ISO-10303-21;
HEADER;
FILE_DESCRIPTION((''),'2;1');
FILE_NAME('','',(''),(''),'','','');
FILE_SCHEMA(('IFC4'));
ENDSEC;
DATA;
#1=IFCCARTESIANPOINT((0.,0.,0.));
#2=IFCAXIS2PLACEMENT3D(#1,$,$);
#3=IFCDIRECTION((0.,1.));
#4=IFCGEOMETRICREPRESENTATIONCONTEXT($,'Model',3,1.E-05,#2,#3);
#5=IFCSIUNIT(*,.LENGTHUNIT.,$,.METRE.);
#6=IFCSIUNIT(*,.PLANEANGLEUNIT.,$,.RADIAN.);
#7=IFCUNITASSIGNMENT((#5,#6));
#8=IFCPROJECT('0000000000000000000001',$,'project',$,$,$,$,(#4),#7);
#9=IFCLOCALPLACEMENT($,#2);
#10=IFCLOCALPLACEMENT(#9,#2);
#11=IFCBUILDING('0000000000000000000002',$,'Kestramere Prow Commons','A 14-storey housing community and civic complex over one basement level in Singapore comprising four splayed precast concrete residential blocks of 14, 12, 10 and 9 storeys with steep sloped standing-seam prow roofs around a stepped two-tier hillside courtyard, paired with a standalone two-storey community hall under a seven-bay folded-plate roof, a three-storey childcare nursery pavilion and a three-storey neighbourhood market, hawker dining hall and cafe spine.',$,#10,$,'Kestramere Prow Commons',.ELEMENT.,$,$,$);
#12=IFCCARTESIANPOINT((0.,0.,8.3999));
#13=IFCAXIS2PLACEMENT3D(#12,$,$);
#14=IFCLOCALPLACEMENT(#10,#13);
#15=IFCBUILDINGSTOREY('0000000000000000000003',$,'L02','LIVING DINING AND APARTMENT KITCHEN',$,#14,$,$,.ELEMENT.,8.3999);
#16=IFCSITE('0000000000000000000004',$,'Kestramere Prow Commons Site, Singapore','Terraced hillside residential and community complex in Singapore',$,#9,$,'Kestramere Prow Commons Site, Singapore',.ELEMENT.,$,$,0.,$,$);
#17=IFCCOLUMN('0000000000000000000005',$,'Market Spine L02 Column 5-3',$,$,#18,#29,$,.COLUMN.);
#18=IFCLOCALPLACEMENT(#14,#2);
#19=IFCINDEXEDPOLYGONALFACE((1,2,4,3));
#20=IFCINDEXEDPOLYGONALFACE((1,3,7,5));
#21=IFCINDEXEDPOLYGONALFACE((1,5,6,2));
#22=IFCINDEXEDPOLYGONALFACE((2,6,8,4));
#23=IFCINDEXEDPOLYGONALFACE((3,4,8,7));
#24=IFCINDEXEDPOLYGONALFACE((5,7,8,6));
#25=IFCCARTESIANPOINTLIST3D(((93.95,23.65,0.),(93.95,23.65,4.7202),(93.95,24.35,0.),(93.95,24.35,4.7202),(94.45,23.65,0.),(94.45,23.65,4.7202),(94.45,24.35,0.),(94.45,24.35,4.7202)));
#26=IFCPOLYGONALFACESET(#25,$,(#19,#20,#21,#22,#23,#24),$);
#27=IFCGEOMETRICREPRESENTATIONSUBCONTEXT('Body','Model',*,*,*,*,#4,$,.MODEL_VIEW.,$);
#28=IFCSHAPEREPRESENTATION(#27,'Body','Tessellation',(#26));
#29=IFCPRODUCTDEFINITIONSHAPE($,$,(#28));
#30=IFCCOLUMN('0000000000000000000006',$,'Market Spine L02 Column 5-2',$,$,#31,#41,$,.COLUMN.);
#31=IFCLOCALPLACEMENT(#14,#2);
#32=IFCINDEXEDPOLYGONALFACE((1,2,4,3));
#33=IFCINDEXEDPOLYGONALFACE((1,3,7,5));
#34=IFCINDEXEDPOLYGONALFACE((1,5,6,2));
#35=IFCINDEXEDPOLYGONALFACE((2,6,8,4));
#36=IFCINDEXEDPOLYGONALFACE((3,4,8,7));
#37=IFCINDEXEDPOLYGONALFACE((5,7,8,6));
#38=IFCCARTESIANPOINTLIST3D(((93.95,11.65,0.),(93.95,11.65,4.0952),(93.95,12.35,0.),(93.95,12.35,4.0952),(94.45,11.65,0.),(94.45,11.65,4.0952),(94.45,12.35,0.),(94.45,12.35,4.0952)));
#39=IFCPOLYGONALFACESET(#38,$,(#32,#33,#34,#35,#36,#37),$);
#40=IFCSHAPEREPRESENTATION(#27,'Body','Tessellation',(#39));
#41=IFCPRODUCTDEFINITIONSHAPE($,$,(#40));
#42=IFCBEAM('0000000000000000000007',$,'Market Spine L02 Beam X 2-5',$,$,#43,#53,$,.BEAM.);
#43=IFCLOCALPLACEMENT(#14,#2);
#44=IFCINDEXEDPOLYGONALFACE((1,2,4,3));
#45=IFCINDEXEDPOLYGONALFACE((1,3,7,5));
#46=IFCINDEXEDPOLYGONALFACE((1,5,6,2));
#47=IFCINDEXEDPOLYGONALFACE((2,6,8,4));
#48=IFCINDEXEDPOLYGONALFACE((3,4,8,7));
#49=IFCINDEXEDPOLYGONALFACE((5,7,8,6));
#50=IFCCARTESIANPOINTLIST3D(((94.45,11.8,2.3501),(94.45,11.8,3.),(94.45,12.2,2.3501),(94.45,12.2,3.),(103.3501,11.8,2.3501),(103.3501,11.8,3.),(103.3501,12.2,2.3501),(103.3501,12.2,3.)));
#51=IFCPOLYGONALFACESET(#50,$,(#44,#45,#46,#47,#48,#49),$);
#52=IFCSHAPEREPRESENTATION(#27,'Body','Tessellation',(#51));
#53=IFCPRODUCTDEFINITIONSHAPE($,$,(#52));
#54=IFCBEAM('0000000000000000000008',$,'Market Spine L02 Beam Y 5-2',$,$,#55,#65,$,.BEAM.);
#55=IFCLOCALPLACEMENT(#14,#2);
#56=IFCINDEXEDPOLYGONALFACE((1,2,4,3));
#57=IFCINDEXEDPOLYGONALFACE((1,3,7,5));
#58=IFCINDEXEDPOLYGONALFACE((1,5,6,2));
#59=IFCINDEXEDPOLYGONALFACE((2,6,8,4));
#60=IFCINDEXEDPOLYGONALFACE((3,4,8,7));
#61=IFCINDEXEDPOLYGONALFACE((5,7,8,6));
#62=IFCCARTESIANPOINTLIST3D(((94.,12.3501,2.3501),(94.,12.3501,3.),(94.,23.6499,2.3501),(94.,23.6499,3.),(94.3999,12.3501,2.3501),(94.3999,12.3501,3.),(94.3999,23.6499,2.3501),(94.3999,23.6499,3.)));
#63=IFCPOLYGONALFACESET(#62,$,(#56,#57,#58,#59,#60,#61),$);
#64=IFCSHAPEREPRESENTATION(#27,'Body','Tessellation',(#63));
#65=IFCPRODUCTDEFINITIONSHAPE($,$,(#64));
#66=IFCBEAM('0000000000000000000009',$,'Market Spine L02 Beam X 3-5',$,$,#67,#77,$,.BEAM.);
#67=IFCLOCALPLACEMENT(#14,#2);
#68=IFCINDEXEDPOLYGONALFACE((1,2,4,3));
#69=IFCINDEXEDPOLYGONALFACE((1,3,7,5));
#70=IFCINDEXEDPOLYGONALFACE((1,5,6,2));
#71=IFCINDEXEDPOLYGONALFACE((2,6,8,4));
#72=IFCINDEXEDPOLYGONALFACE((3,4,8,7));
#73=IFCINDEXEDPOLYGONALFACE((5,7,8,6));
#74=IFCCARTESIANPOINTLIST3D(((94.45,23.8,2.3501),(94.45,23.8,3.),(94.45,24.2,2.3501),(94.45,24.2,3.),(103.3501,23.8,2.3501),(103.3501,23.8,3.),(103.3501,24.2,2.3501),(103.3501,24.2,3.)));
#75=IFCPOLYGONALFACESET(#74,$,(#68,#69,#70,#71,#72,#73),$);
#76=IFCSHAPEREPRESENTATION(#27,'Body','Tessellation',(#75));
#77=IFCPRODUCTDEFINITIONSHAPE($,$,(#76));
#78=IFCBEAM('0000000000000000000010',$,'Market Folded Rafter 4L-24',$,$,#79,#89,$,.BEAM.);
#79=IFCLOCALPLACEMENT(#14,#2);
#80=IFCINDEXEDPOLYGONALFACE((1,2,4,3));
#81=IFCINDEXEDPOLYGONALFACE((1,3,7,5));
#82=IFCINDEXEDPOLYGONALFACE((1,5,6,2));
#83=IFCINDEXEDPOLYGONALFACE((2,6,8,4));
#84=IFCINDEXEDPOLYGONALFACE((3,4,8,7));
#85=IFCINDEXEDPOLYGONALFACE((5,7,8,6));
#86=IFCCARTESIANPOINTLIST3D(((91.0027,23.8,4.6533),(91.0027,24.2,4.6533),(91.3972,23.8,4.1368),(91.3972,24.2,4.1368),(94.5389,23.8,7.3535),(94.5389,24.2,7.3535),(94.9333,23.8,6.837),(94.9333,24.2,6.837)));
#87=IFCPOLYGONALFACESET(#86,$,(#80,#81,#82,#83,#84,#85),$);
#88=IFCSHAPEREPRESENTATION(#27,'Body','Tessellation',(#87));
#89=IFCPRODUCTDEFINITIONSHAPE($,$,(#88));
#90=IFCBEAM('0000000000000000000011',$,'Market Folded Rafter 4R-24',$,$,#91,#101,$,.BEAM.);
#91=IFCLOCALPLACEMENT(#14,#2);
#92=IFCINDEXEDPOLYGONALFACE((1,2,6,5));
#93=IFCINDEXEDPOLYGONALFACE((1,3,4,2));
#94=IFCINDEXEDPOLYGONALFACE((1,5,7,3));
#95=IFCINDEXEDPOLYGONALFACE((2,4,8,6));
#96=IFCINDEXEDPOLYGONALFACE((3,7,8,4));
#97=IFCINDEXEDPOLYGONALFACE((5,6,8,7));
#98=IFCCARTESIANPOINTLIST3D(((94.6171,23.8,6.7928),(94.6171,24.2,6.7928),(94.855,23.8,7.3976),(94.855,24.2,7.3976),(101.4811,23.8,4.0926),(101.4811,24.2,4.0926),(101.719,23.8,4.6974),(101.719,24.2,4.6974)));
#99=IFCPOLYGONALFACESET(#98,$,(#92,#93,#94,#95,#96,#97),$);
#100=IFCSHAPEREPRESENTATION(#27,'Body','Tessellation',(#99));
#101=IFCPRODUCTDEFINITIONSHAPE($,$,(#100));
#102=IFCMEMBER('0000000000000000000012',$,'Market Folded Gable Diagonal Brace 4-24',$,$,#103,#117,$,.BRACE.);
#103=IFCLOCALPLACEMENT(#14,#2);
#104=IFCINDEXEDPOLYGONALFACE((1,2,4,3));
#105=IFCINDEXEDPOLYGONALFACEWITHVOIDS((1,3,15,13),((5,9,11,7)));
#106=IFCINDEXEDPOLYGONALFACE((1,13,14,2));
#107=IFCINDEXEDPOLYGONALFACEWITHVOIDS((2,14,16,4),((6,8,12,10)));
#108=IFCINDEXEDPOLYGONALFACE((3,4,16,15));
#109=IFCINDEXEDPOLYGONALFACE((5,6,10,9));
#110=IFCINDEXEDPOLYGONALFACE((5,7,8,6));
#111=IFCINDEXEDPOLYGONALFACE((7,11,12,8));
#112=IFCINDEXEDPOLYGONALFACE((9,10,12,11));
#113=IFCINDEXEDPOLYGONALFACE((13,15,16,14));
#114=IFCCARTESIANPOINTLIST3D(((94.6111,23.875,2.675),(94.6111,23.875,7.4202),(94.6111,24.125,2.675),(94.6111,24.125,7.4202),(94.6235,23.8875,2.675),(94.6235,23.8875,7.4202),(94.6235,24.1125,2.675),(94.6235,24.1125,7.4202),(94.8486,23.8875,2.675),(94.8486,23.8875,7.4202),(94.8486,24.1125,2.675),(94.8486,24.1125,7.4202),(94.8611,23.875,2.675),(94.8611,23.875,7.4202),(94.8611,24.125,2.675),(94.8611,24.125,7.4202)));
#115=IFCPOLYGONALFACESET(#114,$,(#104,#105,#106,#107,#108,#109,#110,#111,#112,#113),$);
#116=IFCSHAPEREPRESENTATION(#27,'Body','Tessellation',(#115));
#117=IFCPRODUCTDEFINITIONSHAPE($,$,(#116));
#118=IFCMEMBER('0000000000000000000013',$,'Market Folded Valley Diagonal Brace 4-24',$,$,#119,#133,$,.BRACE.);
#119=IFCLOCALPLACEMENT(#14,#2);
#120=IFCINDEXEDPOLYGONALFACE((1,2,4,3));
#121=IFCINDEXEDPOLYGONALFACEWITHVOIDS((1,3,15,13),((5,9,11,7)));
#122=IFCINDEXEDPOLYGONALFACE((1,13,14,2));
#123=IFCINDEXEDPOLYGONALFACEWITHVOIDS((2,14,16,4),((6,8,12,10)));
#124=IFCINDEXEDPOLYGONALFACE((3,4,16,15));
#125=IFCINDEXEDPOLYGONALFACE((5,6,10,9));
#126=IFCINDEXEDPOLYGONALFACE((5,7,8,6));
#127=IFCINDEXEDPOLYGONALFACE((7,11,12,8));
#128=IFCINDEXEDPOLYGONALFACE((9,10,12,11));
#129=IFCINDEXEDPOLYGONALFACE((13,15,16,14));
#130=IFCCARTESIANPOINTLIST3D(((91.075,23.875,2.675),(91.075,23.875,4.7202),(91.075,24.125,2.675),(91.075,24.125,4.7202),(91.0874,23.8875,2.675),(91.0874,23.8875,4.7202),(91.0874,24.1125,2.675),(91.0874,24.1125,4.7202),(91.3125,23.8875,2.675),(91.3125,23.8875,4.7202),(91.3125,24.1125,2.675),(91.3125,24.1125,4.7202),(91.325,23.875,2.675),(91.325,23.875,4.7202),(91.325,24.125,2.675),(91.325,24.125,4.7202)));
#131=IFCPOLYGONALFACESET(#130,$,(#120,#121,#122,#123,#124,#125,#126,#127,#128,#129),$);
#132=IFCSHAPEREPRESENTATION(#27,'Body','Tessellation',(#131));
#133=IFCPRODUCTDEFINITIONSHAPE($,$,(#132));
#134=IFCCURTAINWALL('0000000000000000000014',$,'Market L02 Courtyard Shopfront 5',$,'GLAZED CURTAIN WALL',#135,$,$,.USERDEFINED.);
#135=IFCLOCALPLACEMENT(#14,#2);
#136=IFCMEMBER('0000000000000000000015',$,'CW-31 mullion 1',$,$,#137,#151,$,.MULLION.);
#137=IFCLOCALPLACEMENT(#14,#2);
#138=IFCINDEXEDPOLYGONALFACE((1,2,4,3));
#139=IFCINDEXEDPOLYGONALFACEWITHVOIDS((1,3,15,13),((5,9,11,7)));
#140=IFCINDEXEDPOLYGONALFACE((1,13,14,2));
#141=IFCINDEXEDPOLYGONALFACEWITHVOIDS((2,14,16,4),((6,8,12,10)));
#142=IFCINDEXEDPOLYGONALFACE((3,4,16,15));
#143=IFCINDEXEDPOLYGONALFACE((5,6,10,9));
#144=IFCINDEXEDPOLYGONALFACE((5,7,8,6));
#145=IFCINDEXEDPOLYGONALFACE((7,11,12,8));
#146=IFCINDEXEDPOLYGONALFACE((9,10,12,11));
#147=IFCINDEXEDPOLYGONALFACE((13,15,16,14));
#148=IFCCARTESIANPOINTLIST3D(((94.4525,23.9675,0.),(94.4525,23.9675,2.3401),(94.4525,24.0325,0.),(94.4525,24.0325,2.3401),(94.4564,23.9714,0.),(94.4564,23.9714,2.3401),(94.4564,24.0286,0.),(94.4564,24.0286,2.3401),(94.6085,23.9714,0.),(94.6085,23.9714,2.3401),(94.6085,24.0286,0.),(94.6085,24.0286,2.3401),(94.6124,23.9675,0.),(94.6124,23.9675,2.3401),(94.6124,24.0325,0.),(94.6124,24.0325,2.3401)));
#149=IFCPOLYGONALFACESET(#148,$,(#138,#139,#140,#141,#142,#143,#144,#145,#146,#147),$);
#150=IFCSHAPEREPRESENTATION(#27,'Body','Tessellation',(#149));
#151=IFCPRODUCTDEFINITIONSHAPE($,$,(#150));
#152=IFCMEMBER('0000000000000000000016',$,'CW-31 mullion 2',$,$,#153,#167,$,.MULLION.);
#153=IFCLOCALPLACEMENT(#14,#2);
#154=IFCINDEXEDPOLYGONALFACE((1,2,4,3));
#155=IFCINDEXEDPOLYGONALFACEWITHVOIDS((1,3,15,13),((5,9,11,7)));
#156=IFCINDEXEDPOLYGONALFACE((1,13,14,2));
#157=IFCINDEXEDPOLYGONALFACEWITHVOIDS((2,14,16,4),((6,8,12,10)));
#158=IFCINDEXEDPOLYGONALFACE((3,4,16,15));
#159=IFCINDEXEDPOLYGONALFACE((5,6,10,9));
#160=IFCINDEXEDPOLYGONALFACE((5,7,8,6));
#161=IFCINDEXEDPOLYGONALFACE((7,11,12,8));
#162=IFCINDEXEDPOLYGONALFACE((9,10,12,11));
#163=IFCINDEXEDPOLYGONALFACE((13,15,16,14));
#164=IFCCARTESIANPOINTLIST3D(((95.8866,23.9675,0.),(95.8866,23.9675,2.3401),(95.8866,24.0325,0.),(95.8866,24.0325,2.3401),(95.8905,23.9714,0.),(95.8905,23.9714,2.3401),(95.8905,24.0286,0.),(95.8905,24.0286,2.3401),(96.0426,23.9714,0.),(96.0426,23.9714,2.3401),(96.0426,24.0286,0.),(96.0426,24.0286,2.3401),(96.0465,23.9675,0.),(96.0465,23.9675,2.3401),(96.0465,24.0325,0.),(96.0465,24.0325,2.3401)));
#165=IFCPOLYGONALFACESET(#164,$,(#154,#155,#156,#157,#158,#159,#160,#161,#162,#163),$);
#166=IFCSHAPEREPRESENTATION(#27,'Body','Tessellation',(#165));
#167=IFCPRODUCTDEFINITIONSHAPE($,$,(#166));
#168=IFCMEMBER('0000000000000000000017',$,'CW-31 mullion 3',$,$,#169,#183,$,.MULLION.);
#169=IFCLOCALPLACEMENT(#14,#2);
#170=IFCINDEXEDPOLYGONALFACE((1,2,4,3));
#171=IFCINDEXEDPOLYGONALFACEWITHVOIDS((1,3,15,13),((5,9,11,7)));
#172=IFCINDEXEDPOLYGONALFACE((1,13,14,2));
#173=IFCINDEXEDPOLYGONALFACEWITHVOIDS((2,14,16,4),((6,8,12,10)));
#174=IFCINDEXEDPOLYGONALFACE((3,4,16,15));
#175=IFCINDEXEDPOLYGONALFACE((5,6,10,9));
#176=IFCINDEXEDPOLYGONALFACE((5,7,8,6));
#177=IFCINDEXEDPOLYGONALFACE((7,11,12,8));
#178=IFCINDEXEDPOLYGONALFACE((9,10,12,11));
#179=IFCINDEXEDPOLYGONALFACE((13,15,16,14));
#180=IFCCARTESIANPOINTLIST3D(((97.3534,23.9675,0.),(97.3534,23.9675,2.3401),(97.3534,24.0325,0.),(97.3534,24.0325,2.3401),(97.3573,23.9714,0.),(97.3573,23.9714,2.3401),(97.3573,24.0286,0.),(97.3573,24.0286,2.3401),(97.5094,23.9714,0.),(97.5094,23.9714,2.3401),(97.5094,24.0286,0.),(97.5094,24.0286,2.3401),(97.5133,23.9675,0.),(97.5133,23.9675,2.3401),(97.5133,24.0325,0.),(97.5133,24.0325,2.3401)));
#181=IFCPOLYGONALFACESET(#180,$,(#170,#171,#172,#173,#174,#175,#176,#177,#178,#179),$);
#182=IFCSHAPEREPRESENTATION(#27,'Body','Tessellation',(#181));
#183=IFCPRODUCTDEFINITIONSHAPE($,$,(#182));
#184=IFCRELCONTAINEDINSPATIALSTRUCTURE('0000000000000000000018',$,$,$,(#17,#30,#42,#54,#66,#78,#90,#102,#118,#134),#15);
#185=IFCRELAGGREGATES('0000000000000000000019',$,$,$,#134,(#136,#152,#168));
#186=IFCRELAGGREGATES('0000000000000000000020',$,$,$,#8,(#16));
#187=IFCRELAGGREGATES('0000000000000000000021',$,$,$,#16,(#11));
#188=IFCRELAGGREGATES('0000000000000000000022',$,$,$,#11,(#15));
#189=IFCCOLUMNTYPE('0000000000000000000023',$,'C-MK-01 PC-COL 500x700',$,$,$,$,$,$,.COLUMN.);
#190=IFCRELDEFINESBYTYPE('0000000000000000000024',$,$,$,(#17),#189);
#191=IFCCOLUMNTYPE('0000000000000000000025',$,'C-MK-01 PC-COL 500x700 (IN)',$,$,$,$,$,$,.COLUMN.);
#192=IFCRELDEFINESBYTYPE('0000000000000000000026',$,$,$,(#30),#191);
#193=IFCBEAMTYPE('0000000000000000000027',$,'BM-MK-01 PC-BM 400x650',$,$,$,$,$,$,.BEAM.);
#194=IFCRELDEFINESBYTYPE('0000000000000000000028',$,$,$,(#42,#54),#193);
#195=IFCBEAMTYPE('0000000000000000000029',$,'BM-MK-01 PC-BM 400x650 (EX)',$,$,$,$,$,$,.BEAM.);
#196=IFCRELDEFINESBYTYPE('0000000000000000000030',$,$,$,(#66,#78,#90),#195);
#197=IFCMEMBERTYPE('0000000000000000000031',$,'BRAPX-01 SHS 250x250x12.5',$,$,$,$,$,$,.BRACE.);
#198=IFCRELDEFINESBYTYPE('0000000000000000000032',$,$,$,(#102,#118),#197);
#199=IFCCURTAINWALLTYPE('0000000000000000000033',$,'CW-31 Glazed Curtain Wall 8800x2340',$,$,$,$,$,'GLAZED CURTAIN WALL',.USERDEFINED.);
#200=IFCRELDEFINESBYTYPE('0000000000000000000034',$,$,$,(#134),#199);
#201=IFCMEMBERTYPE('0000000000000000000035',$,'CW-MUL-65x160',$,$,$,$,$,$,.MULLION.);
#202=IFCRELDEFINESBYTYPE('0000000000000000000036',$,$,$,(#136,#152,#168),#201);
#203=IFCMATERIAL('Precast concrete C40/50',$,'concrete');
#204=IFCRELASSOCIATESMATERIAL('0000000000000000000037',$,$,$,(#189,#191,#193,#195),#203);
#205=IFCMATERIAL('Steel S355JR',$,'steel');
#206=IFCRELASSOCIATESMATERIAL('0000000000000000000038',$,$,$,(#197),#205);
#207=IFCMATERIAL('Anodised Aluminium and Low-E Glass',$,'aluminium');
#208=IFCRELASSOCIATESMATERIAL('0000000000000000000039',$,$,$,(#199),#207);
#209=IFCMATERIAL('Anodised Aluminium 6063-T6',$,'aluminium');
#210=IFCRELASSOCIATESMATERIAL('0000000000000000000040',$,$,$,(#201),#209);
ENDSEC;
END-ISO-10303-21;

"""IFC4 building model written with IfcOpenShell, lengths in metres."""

from ifc_helpers import new_model, si_unit, direction, frame, origin, origin_2d, place, context, subcontext, project, spatial, rectangle, hollow_rectangle, extrude, material, material_profile, profile_set, type_object, element, aggregate, save


model = new_model("IFC4")

# Units and contexts
model_context = context("Model", 3, precision=1e-05, world=origin(), true_north=direction((0.0, 1.0)))
body_context = subcontext(model_context, "Body", "Model", "MODEL_VIEW")
ifc_project = project(units=[si_unit("LENGTHUNIT", "METRE"), si_unit("PLANEANGLEUNIT", "RADIAN")], contexts=[model_context])

# Site, building, storey
site_placement = place(None, origin())
site = spatial("IfcSite", under=ifc_project, at=site_placement, Name="Kestramere Prow Commons Site, Singapore", Description="Terraced hillside residential and community complex in Singapore", LongName="Kestramere Prow Commons Site, Singapore", CompositionType="ELEMENT", RefElevation=0.0)
building_placement = place(site_placement, origin())
building = spatial("IfcBuilding", under=site, at=building_placement, Name="Kestramere Prow Commons", Description="A 14-storey housing community and civic complex over one basement level in Singapore comprising four splayed precast concrete residential blocks of 14, 12, 10 and 9 storeys with steep sloped standing-seam prow roofs around a stepped two-tier hillside courtyard, paired with a standalone two-storey community hall under a seven-bay folded-plate roof, a three-storey childcare nursery pavilion and a three-storey neighbourhood market, hawker dining hall and cafe spine.", LongName="Kestramere Prow Commons", CompositionType="ELEMENT")
storey_placement = place(building_placement, frame((0.0, 0.0, 8.3999)))
storey = spatial("IfcBuildingStorey", under=building, at=storey_placement, Name="L02", Description="LIVING DINING AND APARTMENT KITCHEN", CompositionType="ELEMENT", Elevation=8.3999)

# Columns
ifc_material_1 = material(Name="Precast concrete C40/50", Category="concrete")
ifc_material_profile_1 = material_profile(ifc_material_1, rectangle(XDim=0.5, YDim=0.7, at=origin_2d()), Name="PC-COL 500x700")
ifc_profile_set_1 = profile_set([ifc_material_profile_1], Name="Precast concrete C40/50")
column_type_1 = type_object("IfcColumnType", Name="C-MK-01 PC-COL 500x700", PredefinedType="COLUMN", material=ifc_profile_set_1)
column_1_placement = place(storey_placement, frame((94.2, 24.0, 0.0), z_axis=(0.0, 0.0, 1.0), x_axis=(1.0, 0.0, 0.0)))
element("IfcColumn", 1, at=column_1_placement, inside=storey, type_object=column_type_1, Name="Market Spine L02 Column 5-3", PredefinedType="COLUMN", context=body_context, shape_type="SweptSolid", body=[
    extrude(rectangle(XDim=0.5, YDim=0.7, at=origin_2d()), origin(), (0.0, 0.0, 1.0), 4.7202),
])
ifc_material_profile_2 = material_profile(ifc_material_1, rectangle(XDim=0.5, YDim=0.7, at=origin_2d()), Name="PC-COL 500x700")
ifc_profile_set_2 = profile_set([ifc_material_profile_2], Name="Precast concrete C40/50")
column_type_2 = type_object("IfcColumnType", Name="C-MK-01 PC-COL 500x700 (IN)", PredefinedType="COLUMN", material=ifc_profile_set_2)
column_2_placement = place(storey_placement, frame((94.2, 12.0, 0.0), z_axis=(0.0, 0.0, 1.0), x_axis=(1.0, 0.0, 0.0)))
element("IfcColumn", 2, at=column_2_placement, inside=storey, type_object=column_type_2, Name="Market Spine L02 Column 5-2", PredefinedType="COLUMN", context=body_context, shape_type="SweptSolid", body=[
    extrude(rectangle(XDim=0.5, YDim=0.7, at=origin_2d()), origin(), (0.0, 0.0, 1.0), 4.0952),
])

# Beams
ifc_material_profile_3 = material_profile(ifc_material_1, rectangle(XDim=0.3999, YDim=0.6499, at=origin_2d()), Name="PC-BM 400x650")
ifc_profile_set_3 = profile_set([ifc_material_profile_3], Name="Precast concrete C40/50")
beam_type_1 = type_object("IfcBeamType", Name="BM-MK-01 PC-BM 400x650", PredefinedType="BEAM", material=ifc_profile_set_3)
beam_1_placement = place(storey_placement, frame((94.45, 12.0, 2.675), z_axis=(1.0, 0.0, 0.0), x_axis=(0.0, 1.0, 0.0)))
element("IfcBeam", 3, at=beam_1_placement, inside=storey, type_object=beam_type_1, Name="Market Spine L02 Beam X 2-5", PredefinedType="BEAM", context=body_context, shape_type="SweptSolid", body=[
    extrude(rectangle(XDim=0.3999, YDim=0.6499, at=origin_2d()), origin(), (0.0, 0.0, 1.0), 8.9001),
])
beam_2_placement = place(storey_placement, frame((94.2, 12.3501, 2.675), z_axis=(0.0, 1.0, 0.0), x_axis=(-1.0, 0.0, 0.0)))
element("IfcBeam", 4, at=beam_2_placement, inside=storey, type_object=beam_type_1, Name="Market Spine L02 Beam Y 5-2", PredefinedType="BEAM", context=body_context, shape_type="SweptSolid", body=[
    extrude(rectangle(XDim=0.3999, YDim=0.6499, at=origin_2d()), origin(), (0.0, 0.0, 1.0), 11.2998),
])
ifc_material_profile_4 = material_profile(ifc_material_1, rectangle(XDim=0.3999, YDim=0.6499, at=origin_2d()), Name="PC-BM 400x650")
ifc_profile_set_4 = profile_set([ifc_material_profile_4], Name="Precast concrete C40/50")
beam_type_2 = type_object("IfcBeamType", Name="BM-MK-01 PC-BM 400x650 (EX)", PredefinedType="BEAM", material=ifc_profile_set_4)
beam_3_placement = place(storey_placement, frame((94.45, 24.0, 2.675), z_axis=(1.0, 0.0, 0.0), x_axis=(0.0, 1.0, 0.0)))
element("IfcBeam", 5, at=beam_3_placement, inside=storey, type_object=beam_type_2, Name="Market Spine L02 Beam X 3-5", PredefinedType="BEAM", context=body_context, shape_type="SweptSolid", body=[
    extrude(rectangle(XDim=0.3999, YDim=0.6499, at=origin_2d()), origin(), (0.0, 0.0, 1.0), 8.9001),
])
beam_4_placement = place(storey_placement, frame((91.2, 24.0, 4.395), z_axis=(0.794781, 0.0, 0.606896), x_axis=(0.0, 1.0, 0.0)))
element("IfcBeam", 6, at=beam_4_placement, inside=storey, type_object=beam_type_2, Name="Market Folded Rafter 4L-24", PredefinedType="BEAM", context=body_context, shape_type="SweptSolid", body=[
    extrude(rectangle(XDim=0.3999, YDim=0.6499, at=origin_2d()), origin(), (0.0, 0.0, 1.0), 4.4492),
])
beam_5_placement = place(storey_placement, frame((94.7361, 24.0, 7.0952), z_axis=(0.930584, 0.0, -0.366077), x_axis=(0.0, 1.0, 0.0)))
element("IfcBeam", 7, at=beam_5_placement, inside=storey, type_object=beam_type_2, Name="Market Folded Rafter 4R-24", PredefinedType="BEAM", context=body_context, shape_type="SweptSolid", body=[
    extrude(rectangle(XDim=0.3999, YDim=0.6499, at=origin_2d()), origin(), (0.0, 0.0, 1.0), 7.376),
])

# Members
ifc_material_2 = material(Name="Steel S355JR", Category="steel")
ifc_material_profile_5 = material_profile(ifc_material_2, hollow_rectangle(XDim=0.25, YDim=0.25, WallThickness=0.0125, at=origin_2d()), Name="SHS 250x250x12.5")
ifc_profile_set_5 = profile_set([ifc_material_profile_5], Name="Steel S355JR")
member_type_1 = type_object("IfcMemberType", Name="BRAPX-01 SHS 250x250x12.5", PredefinedType="BRACE", material=ifc_profile_set_5)
member_1_placement = place(storey_placement, frame((94.7361, 24.0, 2.675), z_axis=(0.0, 0.0, 1.0), x_axis=(1.0, 0.0, 0.0)))
element("IfcMember", 8, at=member_1_placement, inside=storey, type_object=member_type_1, Name="Market Folded Gable Diagonal Brace 4-24", PredefinedType="BRACE", context=body_context, shape_type="SweptSolid", body=[
    extrude(hollow_rectangle(XDim=0.25, YDim=0.25, WallThickness=0.0125, at=origin_2d()), origin(), (0.0, 0.0, 1.0), 4.7451),
])
member_2_placement = place(storey_placement, frame((91.2, 24.0, 2.675), z_axis=(0.0, 0.0, 1.0), x_axis=(1.0, 0.0, 0.0)))
element("IfcMember", 9, at=member_2_placement, inside=storey, type_object=member_type_1, Name="Market Folded Valley Diagonal Brace 4-24", PredefinedType="BRACE", context=body_context, shape_type="SweptSolid", body=[
    extrude(hollow_rectangle(XDim=0.25, YDim=0.25, WallThickness=0.0125, at=origin_2d()), origin(), (0.0, 0.0, 1.0), 2.0452),
])

# Curtain wall, members
ifc_material_3 = material(Name="Anodised Aluminium and Low-E Glass", Category="aluminium")
curtain_wall_type = type_object("IfcCurtainWallType", Name="CW-31 Glazed Curtain Wall 8800x2340", ElementType="GLAZED CURTAIN WALL", PredefinedType="USERDEFINED", material=ifc_material_3)
curtain_wall_placement = place(storey_placement, origin())
curtain_wall = element("IfcCurtainWall", 10, at=curtain_wall_placement, inside=storey, type_object=curtain_wall_type, Name="Market L02 Courtyard Shopfront 5", ObjectType="GLAZED CURTAIN WALL", PredefinedType="USERDEFINED")
ifc_material_4 = material(Name="Anodised Aluminium 6063-T6", Category="aluminium")
ifc_material_profile_6 = material_profile(ifc_material_4, hollow_rectangle(XDim=0.0649, YDim=0.1599, WallThickness=0.0039, at=origin_2d()), Name="ALU-MUL 65x160")
ifc_profile_set_6 = profile_set([ifc_material_profile_6], Name="Anodised Aluminium 6063-T6")
member_type_2 = type_object("IfcMemberType", Name="CW-MUL-65x160", PredefinedType="MULLION", material=ifc_profile_set_6)
member_3_placement = place(storey_placement, frame((94.5325, 24.0, 0.0), z_axis=(0.0, 0.0, 1.0), x_axis=(0.0, 1.0, 0.0)))
member_3 = element("IfcMember", 11, at=member_3_placement, type_object=member_type_2, Name="CW-31 mullion 1", PredefinedType="MULLION", context=body_context, shape_type="SweptSolid", body=[
    extrude(hollow_rectangle(XDim=0.0649, YDim=0.1599, WallThickness=0.0039, at=origin_2d()), origin(), (0.0, 0.0, 1.0), 2.3401),
])
member_4_placement = place(storey_placement, frame((95.9666, 24.0, 0.0), z_axis=(0.0, 0.0, 1.0), x_axis=(0.0, 1.0, 0.0)))
member_4 = element("IfcMember", 12, at=member_4_placement, type_object=member_type_2, Name="CW-31 mullion 2", PredefinedType="MULLION", context=body_context, shape_type="SweptSolid", body=[
    extrude(hollow_rectangle(XDim=0.0649, YDim=0.1599, WallThickness=0.0039, at=origin_2d()), origin(), (0.0, 0.0, 1.0), 2.3401),
])
member_5_placement = place(storey_placement, frame((97.4333, 24.0, 0.0), z_axis=(0.0, 0.0, 1.0), x_axis=(0.0, 1.0, 0.0)))
member_5 = element("IfcMember", 13, at=member_5_placement, type_object=member_type_2, Name="CW-31 mullion 3", PredefinedType="MULLION", context=body_context, shape_type="SweptSolid", body=[
    extrude(hollow_rectangle(XDim=0.0649, YDim=0.1599, WallThickness=0.0039, at=origin_2d()), origin(), (0.0, 0.0, 1.0), 2.3401),
])

aggregate(curtain_wall, [member_3, member_4, member_5])

save(model, "model.ifc")
